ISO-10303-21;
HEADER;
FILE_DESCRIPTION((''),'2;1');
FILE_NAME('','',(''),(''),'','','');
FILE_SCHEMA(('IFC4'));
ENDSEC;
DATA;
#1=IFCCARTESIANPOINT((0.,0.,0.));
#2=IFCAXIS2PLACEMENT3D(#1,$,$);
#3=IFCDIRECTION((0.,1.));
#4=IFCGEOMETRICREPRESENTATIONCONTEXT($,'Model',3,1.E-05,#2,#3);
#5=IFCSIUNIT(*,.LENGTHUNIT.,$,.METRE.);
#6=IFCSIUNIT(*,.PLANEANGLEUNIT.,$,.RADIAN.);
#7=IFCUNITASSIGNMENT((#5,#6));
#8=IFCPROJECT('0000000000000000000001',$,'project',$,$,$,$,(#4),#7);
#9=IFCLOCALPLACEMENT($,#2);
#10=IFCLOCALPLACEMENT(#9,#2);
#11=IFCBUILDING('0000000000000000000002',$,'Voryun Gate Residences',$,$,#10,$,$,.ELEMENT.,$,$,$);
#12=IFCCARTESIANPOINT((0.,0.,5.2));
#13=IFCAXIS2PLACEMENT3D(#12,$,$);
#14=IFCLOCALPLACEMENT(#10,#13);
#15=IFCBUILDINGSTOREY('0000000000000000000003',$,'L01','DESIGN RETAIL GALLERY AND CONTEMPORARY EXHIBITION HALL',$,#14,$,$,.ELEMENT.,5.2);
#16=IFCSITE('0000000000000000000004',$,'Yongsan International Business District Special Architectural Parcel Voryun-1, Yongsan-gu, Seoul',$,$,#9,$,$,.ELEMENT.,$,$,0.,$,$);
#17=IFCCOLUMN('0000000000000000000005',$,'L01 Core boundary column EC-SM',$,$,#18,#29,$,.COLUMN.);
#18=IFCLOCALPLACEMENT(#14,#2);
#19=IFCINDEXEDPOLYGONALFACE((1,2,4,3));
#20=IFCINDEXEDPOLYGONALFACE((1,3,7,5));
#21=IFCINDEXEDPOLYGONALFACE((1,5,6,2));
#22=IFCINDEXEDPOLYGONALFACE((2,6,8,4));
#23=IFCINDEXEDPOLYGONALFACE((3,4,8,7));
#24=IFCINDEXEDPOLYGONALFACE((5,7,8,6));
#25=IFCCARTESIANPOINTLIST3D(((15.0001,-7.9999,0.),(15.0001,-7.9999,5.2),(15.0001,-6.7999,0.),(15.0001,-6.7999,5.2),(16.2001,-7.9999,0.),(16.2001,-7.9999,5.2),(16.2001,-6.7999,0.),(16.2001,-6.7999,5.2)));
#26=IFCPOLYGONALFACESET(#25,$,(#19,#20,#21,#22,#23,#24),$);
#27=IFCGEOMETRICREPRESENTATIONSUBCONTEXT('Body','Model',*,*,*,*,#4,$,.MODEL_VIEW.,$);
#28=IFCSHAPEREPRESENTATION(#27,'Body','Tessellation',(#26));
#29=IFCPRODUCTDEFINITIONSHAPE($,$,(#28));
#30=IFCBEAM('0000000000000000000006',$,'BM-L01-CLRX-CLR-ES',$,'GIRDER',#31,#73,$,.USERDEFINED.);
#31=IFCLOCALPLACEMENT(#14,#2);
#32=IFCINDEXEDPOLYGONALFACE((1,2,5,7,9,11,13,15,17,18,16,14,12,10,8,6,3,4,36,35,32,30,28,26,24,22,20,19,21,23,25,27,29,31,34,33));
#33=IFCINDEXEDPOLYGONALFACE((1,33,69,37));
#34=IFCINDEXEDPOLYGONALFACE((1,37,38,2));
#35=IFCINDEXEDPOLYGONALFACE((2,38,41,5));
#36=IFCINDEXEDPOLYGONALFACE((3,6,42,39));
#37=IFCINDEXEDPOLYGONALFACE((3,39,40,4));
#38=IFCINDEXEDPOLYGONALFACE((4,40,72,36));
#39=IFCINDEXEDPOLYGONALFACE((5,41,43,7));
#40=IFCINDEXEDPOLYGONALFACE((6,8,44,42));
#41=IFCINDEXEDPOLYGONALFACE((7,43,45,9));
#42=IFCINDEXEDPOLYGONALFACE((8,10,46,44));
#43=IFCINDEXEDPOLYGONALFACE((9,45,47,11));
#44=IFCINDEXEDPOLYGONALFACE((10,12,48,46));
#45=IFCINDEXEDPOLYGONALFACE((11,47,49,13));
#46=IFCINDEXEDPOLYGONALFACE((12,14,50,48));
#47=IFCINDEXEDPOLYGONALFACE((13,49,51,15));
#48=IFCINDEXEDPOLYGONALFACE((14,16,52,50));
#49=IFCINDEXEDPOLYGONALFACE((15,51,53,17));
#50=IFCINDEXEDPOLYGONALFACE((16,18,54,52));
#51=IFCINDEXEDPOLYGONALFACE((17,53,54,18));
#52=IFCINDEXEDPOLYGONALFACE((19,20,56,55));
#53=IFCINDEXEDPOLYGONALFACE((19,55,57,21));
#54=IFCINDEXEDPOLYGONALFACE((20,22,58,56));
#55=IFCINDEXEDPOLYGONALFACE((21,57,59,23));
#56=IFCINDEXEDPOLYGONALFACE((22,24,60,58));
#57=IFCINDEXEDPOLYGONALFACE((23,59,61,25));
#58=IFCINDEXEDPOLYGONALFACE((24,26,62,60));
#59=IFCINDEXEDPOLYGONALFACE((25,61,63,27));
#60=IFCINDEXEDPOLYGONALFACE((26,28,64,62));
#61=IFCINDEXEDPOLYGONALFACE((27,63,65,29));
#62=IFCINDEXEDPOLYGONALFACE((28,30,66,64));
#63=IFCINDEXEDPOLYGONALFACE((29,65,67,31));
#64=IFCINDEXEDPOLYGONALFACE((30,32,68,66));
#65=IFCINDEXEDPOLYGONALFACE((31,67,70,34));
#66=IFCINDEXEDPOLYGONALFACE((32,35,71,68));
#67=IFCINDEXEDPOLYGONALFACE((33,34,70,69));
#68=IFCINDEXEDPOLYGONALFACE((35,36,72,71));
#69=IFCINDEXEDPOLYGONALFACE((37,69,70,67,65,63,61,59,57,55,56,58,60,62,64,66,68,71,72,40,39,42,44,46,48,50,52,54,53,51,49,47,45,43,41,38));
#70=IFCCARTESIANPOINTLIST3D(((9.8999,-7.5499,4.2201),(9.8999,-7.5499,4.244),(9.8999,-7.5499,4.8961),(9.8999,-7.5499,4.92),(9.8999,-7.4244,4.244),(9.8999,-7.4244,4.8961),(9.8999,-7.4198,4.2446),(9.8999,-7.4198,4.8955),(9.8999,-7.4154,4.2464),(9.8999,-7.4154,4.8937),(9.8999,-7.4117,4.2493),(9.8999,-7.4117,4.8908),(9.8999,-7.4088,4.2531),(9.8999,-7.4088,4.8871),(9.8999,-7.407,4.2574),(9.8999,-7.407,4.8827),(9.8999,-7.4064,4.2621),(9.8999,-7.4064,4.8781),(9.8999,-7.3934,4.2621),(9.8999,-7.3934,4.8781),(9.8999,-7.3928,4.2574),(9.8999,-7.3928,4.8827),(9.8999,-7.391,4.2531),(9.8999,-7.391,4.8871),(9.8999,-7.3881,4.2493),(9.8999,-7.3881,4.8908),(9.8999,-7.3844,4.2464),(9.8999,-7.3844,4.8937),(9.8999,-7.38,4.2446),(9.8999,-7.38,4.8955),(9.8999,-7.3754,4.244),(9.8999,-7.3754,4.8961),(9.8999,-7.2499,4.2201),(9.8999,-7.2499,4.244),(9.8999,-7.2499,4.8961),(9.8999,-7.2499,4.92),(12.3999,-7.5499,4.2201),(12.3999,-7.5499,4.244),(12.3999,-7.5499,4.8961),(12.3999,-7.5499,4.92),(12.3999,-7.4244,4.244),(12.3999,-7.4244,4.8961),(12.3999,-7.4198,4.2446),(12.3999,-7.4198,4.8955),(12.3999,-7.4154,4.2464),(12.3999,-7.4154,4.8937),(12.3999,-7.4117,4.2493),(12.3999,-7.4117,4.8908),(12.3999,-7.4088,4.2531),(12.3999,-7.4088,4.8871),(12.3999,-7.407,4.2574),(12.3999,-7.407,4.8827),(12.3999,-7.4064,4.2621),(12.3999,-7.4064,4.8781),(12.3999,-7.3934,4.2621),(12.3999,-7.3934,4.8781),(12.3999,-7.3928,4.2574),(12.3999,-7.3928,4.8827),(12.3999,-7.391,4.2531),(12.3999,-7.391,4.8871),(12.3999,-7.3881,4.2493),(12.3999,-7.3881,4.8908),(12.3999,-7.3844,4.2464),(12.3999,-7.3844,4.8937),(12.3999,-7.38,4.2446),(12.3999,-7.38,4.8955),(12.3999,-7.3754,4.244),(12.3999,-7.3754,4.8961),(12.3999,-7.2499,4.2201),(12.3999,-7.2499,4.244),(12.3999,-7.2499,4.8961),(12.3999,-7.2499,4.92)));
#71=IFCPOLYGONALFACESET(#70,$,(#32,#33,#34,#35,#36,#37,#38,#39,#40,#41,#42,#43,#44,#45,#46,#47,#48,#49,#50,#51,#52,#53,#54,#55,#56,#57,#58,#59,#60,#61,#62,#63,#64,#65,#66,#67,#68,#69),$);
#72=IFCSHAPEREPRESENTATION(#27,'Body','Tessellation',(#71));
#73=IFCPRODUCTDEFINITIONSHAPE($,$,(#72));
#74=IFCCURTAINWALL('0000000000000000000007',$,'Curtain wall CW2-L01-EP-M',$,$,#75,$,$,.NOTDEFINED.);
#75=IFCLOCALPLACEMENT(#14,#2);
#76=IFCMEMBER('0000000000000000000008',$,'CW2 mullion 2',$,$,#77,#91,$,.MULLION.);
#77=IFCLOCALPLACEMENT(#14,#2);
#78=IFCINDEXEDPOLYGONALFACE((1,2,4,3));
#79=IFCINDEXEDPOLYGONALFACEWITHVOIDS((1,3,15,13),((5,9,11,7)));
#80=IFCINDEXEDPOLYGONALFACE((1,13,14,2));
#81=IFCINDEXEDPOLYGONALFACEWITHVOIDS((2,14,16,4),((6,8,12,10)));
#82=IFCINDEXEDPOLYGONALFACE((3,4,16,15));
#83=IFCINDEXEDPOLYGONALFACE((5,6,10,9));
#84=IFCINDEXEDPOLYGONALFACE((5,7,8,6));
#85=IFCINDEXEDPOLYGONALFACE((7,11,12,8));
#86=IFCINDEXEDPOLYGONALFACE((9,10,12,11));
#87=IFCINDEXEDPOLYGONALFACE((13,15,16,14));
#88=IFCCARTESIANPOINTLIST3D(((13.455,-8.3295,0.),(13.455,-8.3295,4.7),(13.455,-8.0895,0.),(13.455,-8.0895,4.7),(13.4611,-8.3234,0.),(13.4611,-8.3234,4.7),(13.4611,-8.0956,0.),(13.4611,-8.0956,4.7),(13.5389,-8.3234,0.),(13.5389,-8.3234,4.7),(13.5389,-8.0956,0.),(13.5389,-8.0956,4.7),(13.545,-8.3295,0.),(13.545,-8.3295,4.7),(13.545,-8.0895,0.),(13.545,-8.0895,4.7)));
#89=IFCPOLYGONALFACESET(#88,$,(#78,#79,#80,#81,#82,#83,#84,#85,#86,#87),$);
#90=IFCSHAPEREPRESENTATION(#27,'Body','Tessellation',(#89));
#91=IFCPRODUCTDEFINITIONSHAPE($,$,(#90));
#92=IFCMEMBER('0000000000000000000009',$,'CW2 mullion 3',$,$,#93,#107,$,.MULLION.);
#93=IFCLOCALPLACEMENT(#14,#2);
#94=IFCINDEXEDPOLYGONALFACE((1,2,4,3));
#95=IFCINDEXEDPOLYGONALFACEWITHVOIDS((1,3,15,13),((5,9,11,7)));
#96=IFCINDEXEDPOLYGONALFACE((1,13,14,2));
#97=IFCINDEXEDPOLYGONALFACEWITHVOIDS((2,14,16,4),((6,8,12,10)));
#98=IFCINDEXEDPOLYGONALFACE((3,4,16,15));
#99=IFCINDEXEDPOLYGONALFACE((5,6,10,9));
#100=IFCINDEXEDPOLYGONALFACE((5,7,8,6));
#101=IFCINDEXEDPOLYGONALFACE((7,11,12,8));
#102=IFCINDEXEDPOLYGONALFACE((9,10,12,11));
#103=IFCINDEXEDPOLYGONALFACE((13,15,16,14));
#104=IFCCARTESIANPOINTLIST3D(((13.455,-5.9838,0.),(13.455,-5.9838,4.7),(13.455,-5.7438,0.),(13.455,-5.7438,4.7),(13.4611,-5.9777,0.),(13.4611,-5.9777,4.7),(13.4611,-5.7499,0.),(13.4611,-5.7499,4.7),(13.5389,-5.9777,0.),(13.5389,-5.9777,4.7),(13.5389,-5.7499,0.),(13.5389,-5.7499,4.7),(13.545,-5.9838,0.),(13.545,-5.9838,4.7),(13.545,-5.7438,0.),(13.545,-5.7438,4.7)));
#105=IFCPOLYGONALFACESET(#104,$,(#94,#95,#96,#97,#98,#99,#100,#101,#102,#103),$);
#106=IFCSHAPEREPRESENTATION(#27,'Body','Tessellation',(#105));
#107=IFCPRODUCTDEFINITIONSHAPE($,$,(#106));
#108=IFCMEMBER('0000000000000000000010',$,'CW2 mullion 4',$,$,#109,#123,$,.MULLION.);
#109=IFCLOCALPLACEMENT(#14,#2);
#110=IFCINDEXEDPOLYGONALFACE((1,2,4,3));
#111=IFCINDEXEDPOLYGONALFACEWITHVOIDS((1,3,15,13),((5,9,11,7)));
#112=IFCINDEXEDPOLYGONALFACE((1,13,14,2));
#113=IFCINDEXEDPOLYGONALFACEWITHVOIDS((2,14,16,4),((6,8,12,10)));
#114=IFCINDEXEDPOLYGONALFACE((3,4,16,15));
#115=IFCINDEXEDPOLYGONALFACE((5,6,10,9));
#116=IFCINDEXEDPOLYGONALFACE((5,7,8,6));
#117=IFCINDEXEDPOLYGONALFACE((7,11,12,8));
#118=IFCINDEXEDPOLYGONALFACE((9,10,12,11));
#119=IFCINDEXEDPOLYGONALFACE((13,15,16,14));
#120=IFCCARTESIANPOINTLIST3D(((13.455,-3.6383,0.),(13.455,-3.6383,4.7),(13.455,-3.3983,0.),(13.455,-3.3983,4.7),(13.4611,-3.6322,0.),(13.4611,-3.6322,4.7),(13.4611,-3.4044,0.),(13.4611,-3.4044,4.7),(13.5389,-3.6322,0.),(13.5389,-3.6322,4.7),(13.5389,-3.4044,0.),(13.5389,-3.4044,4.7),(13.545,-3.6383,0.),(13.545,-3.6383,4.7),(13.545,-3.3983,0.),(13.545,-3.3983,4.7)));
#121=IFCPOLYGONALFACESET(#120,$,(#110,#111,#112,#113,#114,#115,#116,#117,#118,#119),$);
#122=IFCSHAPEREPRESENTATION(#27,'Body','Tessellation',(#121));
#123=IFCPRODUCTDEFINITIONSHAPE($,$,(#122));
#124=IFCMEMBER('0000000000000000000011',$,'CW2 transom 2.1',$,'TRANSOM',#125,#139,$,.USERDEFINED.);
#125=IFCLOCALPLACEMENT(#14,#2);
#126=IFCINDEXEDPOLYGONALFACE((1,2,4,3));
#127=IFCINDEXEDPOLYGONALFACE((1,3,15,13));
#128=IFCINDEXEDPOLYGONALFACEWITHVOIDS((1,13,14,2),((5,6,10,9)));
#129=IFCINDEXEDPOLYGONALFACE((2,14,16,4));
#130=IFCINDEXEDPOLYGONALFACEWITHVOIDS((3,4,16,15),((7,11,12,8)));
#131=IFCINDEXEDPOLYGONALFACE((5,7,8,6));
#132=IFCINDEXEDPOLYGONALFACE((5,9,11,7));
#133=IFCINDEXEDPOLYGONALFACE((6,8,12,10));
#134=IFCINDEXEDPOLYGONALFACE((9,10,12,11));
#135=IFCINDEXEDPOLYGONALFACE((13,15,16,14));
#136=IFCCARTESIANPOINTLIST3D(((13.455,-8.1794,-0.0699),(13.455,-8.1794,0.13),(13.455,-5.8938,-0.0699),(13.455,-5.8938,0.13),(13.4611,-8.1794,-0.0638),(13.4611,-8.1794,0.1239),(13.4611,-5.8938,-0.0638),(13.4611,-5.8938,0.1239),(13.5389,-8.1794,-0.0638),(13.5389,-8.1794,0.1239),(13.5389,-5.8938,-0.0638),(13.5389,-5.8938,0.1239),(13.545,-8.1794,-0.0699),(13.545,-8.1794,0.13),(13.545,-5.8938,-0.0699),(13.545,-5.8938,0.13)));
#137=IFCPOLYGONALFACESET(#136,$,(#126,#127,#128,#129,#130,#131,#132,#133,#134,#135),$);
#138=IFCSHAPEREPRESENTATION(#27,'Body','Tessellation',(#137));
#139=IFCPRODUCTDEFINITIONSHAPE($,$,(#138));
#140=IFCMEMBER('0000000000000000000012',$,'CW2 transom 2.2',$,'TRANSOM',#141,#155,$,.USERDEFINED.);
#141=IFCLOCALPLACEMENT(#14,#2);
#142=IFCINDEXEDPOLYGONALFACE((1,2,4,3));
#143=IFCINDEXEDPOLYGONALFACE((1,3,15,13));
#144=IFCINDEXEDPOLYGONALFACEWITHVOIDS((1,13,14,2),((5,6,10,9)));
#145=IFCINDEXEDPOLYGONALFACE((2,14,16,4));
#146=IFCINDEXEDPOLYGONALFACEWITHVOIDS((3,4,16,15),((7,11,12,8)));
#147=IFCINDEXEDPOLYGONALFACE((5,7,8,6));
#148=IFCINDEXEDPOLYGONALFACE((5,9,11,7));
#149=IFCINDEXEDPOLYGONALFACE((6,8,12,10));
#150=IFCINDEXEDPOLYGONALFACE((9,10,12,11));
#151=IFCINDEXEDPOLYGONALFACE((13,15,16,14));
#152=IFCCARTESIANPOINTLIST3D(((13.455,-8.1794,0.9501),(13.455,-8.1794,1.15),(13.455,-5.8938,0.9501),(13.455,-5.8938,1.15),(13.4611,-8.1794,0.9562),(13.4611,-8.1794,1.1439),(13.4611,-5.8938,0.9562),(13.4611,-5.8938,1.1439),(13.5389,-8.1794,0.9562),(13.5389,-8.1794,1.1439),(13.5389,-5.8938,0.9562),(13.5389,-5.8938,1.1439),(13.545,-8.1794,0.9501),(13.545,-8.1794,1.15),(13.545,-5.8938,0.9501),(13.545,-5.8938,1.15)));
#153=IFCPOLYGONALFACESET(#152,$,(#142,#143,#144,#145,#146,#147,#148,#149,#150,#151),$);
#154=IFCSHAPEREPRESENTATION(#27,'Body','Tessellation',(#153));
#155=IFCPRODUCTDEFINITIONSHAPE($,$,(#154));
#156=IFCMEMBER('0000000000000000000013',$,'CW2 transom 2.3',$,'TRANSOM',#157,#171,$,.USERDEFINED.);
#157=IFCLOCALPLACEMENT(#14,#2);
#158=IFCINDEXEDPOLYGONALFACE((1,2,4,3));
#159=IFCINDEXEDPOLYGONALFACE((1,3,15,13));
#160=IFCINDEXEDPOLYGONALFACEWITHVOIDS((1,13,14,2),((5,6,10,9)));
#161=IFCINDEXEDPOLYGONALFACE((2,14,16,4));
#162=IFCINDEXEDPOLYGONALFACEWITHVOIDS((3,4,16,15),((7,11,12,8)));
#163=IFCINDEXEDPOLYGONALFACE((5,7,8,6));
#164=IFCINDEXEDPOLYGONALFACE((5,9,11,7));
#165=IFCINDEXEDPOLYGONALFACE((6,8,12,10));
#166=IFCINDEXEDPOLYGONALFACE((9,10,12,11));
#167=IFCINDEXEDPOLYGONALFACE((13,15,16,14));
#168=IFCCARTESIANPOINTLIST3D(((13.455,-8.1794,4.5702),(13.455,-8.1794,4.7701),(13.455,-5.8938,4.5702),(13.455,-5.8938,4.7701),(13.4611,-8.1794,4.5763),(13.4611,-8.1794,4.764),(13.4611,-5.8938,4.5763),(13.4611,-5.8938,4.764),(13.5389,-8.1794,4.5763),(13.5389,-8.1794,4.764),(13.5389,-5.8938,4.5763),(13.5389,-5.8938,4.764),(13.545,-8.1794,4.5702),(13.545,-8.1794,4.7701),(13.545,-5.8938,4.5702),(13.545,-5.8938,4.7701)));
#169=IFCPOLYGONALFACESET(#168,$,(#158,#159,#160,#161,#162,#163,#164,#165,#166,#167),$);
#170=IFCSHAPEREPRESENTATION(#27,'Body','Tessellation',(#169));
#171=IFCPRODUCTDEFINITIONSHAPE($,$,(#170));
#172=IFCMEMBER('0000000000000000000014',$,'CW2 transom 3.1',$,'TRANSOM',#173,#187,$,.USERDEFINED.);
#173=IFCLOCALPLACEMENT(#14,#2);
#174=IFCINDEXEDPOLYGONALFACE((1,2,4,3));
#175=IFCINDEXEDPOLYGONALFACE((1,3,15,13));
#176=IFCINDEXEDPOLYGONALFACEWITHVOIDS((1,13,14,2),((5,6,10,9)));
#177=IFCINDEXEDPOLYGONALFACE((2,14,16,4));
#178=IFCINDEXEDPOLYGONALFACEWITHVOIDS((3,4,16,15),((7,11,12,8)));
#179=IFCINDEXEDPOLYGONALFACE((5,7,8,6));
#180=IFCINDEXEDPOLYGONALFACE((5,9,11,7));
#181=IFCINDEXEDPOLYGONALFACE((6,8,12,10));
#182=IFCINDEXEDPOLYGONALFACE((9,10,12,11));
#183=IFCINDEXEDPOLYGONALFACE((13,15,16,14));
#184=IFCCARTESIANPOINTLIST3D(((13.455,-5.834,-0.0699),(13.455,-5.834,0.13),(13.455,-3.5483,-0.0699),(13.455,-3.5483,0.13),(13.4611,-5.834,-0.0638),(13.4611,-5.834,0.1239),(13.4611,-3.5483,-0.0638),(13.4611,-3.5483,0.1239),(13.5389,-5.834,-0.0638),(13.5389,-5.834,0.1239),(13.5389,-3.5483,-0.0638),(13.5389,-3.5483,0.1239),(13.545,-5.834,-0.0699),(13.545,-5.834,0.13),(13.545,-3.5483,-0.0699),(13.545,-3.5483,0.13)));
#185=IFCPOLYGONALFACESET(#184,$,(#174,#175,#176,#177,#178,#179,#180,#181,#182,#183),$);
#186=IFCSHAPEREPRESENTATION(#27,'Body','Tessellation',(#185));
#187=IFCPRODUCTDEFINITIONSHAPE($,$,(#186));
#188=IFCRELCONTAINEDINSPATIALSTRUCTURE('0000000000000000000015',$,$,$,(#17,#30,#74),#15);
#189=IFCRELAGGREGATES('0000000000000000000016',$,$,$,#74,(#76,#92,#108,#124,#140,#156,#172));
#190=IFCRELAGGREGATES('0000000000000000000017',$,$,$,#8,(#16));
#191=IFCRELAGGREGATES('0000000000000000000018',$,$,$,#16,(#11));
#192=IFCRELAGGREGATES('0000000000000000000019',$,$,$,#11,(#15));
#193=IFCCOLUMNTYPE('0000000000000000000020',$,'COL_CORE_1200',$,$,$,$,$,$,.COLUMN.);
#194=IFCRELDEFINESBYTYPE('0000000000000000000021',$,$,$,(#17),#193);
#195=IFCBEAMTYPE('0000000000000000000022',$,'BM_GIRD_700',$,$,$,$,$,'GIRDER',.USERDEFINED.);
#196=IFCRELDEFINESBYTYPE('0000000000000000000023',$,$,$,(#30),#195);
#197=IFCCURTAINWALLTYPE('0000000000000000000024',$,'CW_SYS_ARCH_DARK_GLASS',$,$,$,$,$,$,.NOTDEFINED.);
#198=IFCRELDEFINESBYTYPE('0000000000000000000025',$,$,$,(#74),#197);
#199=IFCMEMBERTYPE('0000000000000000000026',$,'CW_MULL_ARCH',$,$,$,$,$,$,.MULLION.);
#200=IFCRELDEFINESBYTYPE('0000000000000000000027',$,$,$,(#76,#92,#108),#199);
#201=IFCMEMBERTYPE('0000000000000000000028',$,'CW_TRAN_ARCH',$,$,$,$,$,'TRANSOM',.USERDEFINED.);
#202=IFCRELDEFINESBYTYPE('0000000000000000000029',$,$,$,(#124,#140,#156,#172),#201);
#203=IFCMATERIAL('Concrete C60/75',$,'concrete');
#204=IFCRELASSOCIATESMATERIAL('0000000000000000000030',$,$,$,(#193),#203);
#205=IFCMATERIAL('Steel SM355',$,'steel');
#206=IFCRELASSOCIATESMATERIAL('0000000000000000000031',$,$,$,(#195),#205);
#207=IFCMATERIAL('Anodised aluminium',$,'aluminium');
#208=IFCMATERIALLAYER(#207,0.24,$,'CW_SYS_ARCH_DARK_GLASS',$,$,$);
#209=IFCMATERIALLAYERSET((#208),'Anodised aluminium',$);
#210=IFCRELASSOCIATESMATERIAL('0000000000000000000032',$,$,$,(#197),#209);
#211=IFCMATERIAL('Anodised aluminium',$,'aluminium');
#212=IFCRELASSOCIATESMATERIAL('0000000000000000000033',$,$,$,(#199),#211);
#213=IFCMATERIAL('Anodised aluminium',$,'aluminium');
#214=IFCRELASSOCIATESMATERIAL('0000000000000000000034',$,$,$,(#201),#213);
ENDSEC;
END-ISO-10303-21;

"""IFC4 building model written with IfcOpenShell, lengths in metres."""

from ifc_helpers import new_model, si_unit, direction, frame, origin, origin_2d, place, context, subcontext, project, spatial, rectangle, hollow_rectangle, i_section, extrude, material, layer, layer_set, material_profile, profile_set, type_object, element, aggregate, save


model = new_model("IFC4")

# Units and contexts
model_context = context("Model", 3, precision=1e-05, world=origin(), true_north=direction((0.0, 1.0)))
body_context = subcontext(model_context, "Body", "Model", "MODEL_VIEW")
ifc_project = project(units=[si_unit("LENGTHUNIT", "METRE"), si_unit("PLANEANGLEUNIT", "RADIAN")], contexts=[model_context])

# Site, building, storey
site_placement = place(None, origin())
site = spatial("IfcSite", under=ifc_project, at=site_placement, Name="Yongsan International Business District Special Architectural Parcel Voryun-1, Yongsan-gu, Seoul", CompositionType="ELEMENT", RefElevation=0.0)
building_placement = place(site_placement, origin())
building = spatial("IfcBuilding", under=site, at=building_placement, Name="Voryun Gate Residences", CompositionType="ELEMENT")
storey_placement = place(building_placement, frame((0.0, 0.0, 5.2)))
storey = spatial("IfcBuildingStorey", under=building, at=storey_placement, Name="L01", Description="DESIGN RETAIL GALLERY AND CONTEMPORARY EXHIBITION HALL", CompositionType="ELEMENT", Elevation=5.2)

# Column
ifc_material_1 = material(Name="Concrete C60/75", Category="concrete")
ifc_material_profile_1 = material_profile(ifc_material_1, rectangle(XDim=1.2, YDim=1.2, at=origin_2d()), Name="RC-1200x1200")
ifc_profile_set_1 = profile_set([ifc_material_profile_1], Name="Concrete C60/75")
column_type = type_object("IfcColumnType", Name="COL_CORE_1200", PredefinedType="COLUMN", material=ifc_profile_set_1)
column_placement = place(storey_placement, frame((15.6001, -7.3999, 0.0), z_axis=(0.0, 0.0, 1.0), x_axis=(1.0, 0.0, 0.0)))
element("IfcColumn", 1, at=column_placement, inside=storey, type_object=column_type, Name="L01 Core boundary column EC-SM", PredefinedType="COLUMN", context=body_context, shape_type="SweptSolid", body=[
    extrude(rectangle(XDim=1.2, YDim=1.2, at=origin_2d()), origin(), (0.0, 0.0, 1.0), 5.2),
])

# Beam
ifc_material_2 = material(Name="Steel SM355", Category="steel")
ifc_material_profile_2 = material_profile(ifc_material_2, i_section(OverallWidth=0.3, OverallDepth=0.7, WebThickness=0.0129, FlangeThickness=0.0239, FilletRadius=0.0181, at=origin_2d()), Name="H-700x300x13x24")
ifc_profile_set_2 = profile_set([ifc_material_profile_2], Name="Steel SM355")
beam_type = type_object("IfcBeamType", Name="BM_GIRD_700", ElementType="GIRDER", PredefinedType="USERDEFINED", material=ifc_profile_set_2)
beam_placement = place(storey_placement, frame((12.3999, -7.3999, 4.5701), z_axis=(-1.0, 0.0, 0.0), x_axis=(0.0, -1.0, 0.0)))
element("IfcBeam", 2, at=beam_placement, inside=storey, type_object=beam_type, Name="BM-L01-CLRX-CLR-ES", ObjectType="GIRDER", PredefinedType="USERDEFINED", context=body_context, shape_type="SweptSolid", body=[
    extrude(i_section(OverallWidth=0.3, OverallDepth=0.7, WebThickness=0.0129, FlangeThickness=0.0239, FilletRadius=0.0181, at=origin_2d()), origin(), (0.0, 0.0, 1.0), 2.5),
])

# Curtain wall, members
ifc_material_3 = material(Name="Anodised aluminium", Category="aluminium")
ifc_layer_1 = layer(ifc_material_3, 0.24, Name="CW_SYS_ARCH_DARK_GLASS")
ifc_layer_set_1 = layer_set([ifc_layer_1], Name="Anodised aluminium")
curtain_wall_type = type_object("IfcCurtainWallType", Name="CW_SYS_ARCH_DARK_GLASS", PredefinedType="NOTDEFINED", material=ifc_layer_set_1)
curtain_wall_placement = place(storey_placement, origin())
curtain_wall = element("IfcCurtainWall", 3, at=curtain_wall_placement, inside=storey, type_object=curtain_wall_type, Name="Curtain wall CW2-L01-EP-M", PredefinedType="NOTDEFINED")
ifc_material_4 = material(Name="Anodised aluminium", Category="aluminium")
ifc_material_profile_3 = material_profile(ifc_material_4, hollow_rectangle(XDim=0.0901, YDim=0.24, WallThickness=0.0061, at=origin_2d()), Name="ALU-MULL-240x90x6")
ifc_profile_set_3 = profile_set([ifc_material_profile_3], Name="Anodised aluminium")
member_type_1 = type_object("IfcMemberType", Name="CW_MULL_ARCH", PredefinedType="MULLION", material=ifc_profile_set_3)
member_1_placement = place(storey_placement, frame((13.5, -8.2095, 0.0), z_axis=(0.0, 0.0, 1.0), x_axis=(-1.0, 0.0, 0.0)))
member_1 = element("IfcMember", 4, at=member_1_placement, type_object=member_type_1, Name="CW2 mullion 2", PredefinedType="MULLION", context=body_context, shape_type="SweptSolid", body=[
    extrude(hollow_rectangle(XDim=0.0901, YDim=0.24, WallThickness=0.0061, at=origin_2d()), origin(), (0.0, 0.0, 1.0), 4.7),
])
member_2_placement = place(storey_placement, frame((13.5, -5.8638, 0.0), z_axis=(0.0, 0.0, 1.0), x_axis=(-1.0, 0.0, 0.0)))
member_2 = element("IfcMember", 5, at=member_2_placement, type_object=member_type_1, Name="CW2 mullion 3", PredefinedType="MULLION", context=body_context, shape_type="SweptSolid", body=[
    extrude(hollow_rectangle(XDim=0.0901, YDim=0.24, WallThickness=0.0061, at=origin_2d()), origin(), (0.0, 0.0, 1.0), 4.7),
])
member_3_placement = place(storey_placement, frame((13.5, -3.5183, 0.0), z_axis=(0.0, 0.0, 1.0), x_axis=(-1.0, 0.0, 0.0)))
member_3 = element("IfcMember", 6, at=member_3_placement, type_object=member_type_1, Name="CW2 mullion 4", PredefinedType="MULLION", context=body_context, shape_type="SweptSolid", body=[
    extrude(hollow_rectangle(XDim=0.0901, YDim=0.24, WallThickness=0.0061, at=origin_2d()), origin(), (0.0, 0.0, 1.0), 4.7),
])
ifc_material_5 = material(Name="Anodised aluminium", Category="aluminium")
ifc_material_profile_4 = material_profile(ifc_material_5, hollow_rectangle(XDim=0.0901, YDim=0.2, WallThickness=0.0061, at=origin_2d()), Name="ALU-TRAN-200x90x6")
ifc_profile_set_4 = profile_set([ifc_material_profile_4], Name="Anodised aluminium")
member_type_2 = type_object("IfcMemberType", Name="CW_TRAN_ARCH", ElementType="TRANSOM", PredefinedType="USERDEFINED", material=ifc_profile_set_4)
member_4_placement = place(storey_placement, frame((13.5, -8.1794, 0.03), z_axis=(0.0, 1.0, 0.0), x_axis=(-1.0, 0.0, 0.0)))
member_4 = element("IfcMember", 7, at=member_4_placement, type_object=member_type_2, Name="CW2 transom 2.1", ObjectType="TRANSOM", PredefinedType="USERDEFINED", context=body_context, shape_type="SweptSolid", body=[
    extrude(hollow_rectangle(XDim=0.0901, YDim=0.2, WallThickness=0.0061, at=origin_2d()), origin(), (0.0, 0.0, 1.0), 2.2856),
])
member_5_placement = place(storey_placement, frame((13.5, -8.1794, 1.05), z_axis=(0.0, 1.0, 0.0), x_axis=(-1.0, 0.0, 0.0)))
member_5 = element("IfcMember", 8, at=member_5_placement, type_object=member_type_2, Name="CW2 transom 2.2", ObjectType="TRANSOM", PredefinedType="USERDEFINED", context=body_context, shape_type="SweptSolid", body=[
    extrude(hollow_rectangle(XDim=0.0901, YDim=0.2, WallThickness=0.0061, at=origin_2d()), origin(), (0.0, 0.0, 1.0), 2.2856),
])
member_6_placement = place(storey_placement, frame((13.5, -8.1794, 4.6702), z_axis=(0.0, 1.0, 0.0), x_axis=(-1.0, 0.0, 0.0)))
member_6 = element("IfcMember", 9, at=member_6_placement, type_object=member_type_2, Name="CW2 transom 2.3", ObjectType="TRANSOM", PredefinedType="USERDEFINED", context=body_context, shape_type="SweptSolid", body=[
    extrude(hollow_rectangle(XDim=0.0901, YDim=0.2, WallThickness=0.0061, at=origin_2d()), origin(), (0.0, 0.0, 1.0), 2.2856),
])
member_7_placement = place(storey_placement, frame((13.5, -5.834, 0.03), z_axis=(0.0, 1.0, 0.0), x_axis=(-1.0, 0.0, 0.0)))
member_7 = element("IfcMember", 10, at=member_7_placement, type_object=member_type_2, Name="CW2 transom 3.1", ObjectType="TRANSOM", PredefinedType="USERDEFINED", context=body_context, shape_type="SweptSolid", body=[
    extrude(hollow_rectangle(XDim=0.0901, YDim=0.2, WallThickness=0.0061, at=origin_2d()), origin(), (0.0, 0.0, 1.0), 2.2856),
])
aggregate(curtain_wall, [member_1, member_2, member_3, member_4, member_5, member_6, member_7])

save(model, "model.ifc")
